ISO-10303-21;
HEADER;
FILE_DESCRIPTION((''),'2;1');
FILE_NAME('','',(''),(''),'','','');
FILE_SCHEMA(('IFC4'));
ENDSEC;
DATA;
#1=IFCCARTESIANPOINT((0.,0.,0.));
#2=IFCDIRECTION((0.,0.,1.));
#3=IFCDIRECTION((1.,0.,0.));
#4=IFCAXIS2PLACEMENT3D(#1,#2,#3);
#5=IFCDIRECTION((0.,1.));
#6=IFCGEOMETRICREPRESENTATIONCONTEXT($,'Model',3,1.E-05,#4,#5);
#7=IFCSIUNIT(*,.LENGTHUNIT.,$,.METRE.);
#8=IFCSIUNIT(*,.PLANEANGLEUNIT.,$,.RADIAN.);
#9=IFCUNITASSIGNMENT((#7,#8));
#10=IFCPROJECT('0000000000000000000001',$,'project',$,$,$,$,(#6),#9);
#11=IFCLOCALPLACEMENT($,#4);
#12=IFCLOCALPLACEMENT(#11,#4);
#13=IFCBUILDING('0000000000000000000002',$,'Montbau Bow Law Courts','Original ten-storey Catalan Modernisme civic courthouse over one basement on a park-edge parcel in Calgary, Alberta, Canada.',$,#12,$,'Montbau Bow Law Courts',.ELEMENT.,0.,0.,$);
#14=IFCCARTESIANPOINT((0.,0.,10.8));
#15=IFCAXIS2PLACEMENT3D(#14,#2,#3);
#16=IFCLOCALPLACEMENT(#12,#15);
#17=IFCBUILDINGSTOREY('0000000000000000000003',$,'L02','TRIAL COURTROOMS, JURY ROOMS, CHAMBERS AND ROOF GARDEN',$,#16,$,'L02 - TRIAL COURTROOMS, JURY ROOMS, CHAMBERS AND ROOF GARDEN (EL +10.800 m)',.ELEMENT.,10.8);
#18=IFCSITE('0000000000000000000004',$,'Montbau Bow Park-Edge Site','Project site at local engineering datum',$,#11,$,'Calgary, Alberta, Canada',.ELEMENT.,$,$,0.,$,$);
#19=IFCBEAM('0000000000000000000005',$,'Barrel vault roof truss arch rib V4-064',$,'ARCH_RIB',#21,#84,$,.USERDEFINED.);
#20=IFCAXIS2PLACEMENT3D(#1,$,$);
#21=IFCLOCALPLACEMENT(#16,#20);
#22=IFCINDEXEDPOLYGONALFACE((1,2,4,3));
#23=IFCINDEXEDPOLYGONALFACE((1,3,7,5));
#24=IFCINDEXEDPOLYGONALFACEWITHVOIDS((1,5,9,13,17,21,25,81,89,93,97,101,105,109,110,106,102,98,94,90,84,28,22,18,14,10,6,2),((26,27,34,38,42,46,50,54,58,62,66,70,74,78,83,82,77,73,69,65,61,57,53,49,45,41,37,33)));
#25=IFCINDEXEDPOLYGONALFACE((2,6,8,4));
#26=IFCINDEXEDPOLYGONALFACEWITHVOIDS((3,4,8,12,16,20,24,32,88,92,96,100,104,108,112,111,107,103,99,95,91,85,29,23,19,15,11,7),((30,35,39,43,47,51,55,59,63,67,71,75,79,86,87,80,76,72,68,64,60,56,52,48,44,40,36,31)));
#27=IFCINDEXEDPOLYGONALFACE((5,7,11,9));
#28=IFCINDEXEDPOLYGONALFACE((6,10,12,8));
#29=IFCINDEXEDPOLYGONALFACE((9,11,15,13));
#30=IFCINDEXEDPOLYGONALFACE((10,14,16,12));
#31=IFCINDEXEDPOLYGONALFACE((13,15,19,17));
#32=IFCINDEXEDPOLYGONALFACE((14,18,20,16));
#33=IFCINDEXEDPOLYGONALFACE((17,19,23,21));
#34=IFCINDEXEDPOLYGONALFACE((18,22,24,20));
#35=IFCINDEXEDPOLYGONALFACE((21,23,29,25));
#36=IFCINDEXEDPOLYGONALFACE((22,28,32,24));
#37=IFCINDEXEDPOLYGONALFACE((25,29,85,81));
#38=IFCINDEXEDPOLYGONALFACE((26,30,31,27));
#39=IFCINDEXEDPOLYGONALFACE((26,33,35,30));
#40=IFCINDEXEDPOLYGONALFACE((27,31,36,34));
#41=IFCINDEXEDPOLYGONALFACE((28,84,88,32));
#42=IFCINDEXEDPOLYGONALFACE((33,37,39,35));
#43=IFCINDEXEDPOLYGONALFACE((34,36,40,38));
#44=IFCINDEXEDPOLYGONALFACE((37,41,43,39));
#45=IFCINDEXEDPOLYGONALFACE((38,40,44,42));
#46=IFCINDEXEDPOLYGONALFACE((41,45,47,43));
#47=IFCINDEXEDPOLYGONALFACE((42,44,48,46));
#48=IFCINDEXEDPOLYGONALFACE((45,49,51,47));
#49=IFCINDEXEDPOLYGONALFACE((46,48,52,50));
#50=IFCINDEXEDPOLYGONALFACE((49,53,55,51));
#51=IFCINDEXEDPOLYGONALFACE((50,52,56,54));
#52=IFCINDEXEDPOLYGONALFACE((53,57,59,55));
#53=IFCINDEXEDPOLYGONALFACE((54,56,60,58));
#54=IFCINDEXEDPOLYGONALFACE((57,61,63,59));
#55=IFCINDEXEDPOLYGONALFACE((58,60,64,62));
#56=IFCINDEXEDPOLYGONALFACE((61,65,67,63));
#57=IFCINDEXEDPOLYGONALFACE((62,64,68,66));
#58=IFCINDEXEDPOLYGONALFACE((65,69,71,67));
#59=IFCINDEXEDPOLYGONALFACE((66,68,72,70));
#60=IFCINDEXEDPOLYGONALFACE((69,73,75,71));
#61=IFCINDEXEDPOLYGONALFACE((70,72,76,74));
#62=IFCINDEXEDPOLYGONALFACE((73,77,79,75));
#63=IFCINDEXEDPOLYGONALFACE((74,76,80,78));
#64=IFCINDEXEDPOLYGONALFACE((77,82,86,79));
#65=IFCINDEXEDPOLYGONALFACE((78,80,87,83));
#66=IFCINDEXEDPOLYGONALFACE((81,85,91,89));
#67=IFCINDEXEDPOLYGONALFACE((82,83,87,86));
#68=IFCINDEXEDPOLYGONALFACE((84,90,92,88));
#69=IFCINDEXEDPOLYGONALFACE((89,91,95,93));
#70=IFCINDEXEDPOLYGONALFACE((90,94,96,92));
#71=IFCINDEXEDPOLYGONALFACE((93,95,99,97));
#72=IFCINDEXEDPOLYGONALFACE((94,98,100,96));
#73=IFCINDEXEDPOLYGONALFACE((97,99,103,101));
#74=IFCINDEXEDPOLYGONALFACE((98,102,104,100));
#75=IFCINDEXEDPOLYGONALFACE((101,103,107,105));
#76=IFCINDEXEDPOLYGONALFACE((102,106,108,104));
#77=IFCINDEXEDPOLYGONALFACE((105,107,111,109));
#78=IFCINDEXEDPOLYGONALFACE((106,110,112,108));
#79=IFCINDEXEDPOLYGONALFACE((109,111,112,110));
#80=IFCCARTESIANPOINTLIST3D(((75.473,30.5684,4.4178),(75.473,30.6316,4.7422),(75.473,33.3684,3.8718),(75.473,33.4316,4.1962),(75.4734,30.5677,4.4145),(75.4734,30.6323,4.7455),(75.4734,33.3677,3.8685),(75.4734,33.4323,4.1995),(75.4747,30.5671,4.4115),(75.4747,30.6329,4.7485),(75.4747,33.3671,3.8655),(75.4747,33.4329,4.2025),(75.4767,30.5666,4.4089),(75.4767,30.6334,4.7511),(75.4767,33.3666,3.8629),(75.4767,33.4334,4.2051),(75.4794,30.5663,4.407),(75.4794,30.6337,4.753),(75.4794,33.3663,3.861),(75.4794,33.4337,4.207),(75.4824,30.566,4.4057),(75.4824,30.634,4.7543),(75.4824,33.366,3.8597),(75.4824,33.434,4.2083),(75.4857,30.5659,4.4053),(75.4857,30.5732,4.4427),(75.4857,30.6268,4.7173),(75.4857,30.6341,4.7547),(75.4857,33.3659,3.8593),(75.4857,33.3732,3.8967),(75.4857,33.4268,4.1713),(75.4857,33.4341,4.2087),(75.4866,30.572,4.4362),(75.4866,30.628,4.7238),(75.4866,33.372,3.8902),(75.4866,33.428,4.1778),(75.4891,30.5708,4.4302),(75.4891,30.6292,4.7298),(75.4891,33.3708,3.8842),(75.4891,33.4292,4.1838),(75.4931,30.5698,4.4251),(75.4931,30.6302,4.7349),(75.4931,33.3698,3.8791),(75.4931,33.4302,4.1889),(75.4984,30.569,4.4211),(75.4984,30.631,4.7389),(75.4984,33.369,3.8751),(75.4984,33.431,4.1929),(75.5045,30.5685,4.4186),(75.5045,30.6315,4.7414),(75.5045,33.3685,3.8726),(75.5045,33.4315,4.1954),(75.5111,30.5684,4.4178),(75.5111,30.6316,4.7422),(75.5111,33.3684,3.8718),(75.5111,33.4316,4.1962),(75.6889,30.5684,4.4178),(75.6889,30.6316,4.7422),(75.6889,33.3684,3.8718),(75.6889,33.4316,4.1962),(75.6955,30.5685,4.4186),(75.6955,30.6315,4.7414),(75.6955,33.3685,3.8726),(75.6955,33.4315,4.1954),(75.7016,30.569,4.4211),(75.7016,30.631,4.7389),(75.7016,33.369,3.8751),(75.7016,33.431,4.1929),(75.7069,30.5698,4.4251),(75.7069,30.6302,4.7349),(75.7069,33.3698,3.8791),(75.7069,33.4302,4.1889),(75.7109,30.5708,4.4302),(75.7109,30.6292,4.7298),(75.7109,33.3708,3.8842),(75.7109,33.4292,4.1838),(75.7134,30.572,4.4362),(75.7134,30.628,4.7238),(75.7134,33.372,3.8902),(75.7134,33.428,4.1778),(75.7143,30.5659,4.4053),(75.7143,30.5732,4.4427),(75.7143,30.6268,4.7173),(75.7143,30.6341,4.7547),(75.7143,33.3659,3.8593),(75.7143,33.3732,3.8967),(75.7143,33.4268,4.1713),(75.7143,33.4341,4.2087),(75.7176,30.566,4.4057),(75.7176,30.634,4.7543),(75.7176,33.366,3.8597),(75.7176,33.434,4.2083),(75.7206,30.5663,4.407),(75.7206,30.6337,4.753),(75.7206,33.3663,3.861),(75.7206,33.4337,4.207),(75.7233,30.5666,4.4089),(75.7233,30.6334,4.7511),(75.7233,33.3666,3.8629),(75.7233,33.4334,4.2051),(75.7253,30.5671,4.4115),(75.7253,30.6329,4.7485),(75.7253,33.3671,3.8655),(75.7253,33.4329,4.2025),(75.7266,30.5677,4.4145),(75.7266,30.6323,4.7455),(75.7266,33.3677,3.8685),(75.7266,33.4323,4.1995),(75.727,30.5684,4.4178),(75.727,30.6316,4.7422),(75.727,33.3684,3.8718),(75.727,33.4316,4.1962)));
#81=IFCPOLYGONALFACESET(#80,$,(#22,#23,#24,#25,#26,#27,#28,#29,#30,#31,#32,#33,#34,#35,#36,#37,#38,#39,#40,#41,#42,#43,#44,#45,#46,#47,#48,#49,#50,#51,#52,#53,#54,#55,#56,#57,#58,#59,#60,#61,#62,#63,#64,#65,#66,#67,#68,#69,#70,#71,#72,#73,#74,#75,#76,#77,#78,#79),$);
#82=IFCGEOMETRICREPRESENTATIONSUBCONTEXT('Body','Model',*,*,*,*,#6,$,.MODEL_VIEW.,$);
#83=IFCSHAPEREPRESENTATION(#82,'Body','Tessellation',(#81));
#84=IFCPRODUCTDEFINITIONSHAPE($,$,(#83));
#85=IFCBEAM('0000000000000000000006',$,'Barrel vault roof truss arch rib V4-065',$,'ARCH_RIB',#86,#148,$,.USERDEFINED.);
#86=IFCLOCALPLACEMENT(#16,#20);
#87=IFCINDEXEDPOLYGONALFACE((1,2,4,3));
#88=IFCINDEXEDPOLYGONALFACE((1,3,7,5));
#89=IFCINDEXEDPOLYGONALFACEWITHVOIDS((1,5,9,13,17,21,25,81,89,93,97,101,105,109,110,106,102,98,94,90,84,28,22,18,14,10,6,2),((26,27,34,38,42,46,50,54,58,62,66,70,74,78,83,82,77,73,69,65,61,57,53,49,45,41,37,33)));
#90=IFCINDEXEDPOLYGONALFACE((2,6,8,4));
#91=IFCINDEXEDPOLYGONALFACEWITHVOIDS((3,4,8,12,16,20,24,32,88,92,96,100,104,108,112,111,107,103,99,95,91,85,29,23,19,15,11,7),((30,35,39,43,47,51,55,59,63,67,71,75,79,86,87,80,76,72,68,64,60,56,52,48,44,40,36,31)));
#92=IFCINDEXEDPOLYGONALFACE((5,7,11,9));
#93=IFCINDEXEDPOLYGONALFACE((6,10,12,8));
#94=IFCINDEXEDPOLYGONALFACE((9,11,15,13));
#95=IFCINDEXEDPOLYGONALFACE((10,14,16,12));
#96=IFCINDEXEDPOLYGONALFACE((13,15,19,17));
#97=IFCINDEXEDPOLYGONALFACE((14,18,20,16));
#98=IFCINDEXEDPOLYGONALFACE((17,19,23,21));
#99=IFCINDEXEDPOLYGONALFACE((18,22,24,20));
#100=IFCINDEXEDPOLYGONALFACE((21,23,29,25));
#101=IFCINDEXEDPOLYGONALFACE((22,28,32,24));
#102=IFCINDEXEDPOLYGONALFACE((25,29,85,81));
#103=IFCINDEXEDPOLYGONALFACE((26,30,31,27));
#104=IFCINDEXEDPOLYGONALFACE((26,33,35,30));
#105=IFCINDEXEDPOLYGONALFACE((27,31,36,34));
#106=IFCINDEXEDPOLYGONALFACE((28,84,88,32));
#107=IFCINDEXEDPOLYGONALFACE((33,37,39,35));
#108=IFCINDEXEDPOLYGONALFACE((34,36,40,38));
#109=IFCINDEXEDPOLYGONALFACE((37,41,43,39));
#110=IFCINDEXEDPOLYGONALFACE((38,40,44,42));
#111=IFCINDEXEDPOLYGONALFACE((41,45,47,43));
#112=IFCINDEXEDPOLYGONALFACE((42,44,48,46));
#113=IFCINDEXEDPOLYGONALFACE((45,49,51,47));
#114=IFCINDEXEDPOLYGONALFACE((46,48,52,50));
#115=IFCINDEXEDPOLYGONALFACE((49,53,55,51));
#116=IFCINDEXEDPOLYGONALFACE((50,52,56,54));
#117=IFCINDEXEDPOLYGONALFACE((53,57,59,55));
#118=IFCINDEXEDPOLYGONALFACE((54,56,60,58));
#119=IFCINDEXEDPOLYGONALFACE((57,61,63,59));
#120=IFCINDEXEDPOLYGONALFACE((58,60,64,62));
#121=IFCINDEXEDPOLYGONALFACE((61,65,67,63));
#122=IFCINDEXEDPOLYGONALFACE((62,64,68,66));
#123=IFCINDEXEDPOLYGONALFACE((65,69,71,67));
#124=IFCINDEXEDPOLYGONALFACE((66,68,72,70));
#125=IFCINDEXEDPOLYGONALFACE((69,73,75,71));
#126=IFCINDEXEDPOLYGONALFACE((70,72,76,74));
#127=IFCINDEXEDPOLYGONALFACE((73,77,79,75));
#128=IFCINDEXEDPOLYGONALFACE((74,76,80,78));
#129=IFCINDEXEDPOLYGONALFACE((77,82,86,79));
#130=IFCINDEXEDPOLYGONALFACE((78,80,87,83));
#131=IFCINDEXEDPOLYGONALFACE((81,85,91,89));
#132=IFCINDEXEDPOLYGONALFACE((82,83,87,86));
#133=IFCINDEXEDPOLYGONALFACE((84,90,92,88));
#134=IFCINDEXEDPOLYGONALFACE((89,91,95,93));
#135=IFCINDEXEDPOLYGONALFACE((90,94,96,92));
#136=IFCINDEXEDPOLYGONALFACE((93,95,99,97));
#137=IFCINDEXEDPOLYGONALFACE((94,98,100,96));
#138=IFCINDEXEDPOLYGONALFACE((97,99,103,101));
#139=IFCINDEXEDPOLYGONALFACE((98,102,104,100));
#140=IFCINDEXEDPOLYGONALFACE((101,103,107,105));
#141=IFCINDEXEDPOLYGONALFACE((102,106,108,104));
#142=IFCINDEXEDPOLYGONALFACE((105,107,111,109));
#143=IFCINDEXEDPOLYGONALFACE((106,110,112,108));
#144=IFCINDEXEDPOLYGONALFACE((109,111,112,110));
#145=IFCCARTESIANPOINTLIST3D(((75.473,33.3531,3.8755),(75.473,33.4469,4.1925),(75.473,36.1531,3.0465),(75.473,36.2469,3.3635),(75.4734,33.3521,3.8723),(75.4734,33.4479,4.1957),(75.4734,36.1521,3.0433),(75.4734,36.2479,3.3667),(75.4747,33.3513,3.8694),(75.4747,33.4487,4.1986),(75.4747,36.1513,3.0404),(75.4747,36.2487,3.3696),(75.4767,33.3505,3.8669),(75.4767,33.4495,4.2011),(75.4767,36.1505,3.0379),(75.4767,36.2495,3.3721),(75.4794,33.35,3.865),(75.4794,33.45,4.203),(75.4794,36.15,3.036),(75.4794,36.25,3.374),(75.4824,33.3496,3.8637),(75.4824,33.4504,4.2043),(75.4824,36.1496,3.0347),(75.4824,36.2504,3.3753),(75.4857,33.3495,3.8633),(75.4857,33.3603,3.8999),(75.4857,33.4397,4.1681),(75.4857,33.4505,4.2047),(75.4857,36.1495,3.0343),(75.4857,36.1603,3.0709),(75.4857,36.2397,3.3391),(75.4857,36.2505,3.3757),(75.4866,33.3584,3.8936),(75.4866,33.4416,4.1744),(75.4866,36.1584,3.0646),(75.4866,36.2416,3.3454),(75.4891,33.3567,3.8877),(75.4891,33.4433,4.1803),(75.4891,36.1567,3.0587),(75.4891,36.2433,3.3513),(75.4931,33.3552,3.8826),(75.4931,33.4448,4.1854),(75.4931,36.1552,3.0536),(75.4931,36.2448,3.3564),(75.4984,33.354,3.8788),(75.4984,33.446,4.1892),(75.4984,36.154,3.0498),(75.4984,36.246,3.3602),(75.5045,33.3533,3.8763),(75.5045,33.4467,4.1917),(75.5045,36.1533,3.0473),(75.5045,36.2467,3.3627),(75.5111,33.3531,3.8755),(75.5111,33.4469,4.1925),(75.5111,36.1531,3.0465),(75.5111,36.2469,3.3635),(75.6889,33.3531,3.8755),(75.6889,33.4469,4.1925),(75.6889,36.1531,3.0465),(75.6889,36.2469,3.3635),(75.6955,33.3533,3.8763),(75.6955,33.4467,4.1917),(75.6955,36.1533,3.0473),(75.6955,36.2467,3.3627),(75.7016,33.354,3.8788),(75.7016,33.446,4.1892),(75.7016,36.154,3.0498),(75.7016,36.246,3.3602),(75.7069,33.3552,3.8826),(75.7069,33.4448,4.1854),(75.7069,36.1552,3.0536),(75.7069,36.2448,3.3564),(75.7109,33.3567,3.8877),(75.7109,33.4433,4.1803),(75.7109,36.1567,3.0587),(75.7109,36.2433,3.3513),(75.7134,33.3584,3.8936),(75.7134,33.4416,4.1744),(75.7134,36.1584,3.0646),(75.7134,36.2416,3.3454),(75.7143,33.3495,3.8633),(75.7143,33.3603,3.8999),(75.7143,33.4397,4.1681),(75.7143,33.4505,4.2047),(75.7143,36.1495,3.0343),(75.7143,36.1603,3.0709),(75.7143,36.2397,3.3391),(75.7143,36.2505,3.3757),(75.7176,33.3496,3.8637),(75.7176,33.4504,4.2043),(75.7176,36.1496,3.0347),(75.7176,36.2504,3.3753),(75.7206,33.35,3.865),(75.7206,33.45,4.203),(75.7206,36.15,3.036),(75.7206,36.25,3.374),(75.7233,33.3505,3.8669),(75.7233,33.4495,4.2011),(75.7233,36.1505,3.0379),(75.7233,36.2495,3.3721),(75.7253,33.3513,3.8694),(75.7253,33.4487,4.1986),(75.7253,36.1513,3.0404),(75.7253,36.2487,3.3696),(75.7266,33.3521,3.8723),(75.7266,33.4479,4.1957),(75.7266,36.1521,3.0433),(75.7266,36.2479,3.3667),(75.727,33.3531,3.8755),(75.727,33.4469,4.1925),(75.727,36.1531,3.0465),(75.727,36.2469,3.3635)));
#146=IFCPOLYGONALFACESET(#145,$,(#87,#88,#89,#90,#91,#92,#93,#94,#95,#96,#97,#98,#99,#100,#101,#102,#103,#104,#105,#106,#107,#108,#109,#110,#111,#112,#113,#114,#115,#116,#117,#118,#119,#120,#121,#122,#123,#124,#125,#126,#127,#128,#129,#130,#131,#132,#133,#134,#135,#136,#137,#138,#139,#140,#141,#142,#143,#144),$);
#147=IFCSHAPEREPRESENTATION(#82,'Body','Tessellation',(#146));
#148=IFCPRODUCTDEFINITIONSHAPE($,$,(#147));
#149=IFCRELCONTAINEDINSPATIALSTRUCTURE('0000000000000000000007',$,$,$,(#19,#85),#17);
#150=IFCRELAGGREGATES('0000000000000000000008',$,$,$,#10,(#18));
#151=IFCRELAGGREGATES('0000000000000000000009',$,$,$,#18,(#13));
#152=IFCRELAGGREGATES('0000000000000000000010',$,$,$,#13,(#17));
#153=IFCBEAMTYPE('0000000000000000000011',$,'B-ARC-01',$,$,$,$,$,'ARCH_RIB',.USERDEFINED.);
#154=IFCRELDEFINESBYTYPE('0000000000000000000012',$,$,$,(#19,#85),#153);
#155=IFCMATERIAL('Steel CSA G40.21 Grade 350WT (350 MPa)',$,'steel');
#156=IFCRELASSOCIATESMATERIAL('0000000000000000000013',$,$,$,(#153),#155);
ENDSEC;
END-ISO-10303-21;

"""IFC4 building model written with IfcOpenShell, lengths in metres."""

from ifc_helpers import new_model, si_unit, direction, frame, origin_with_axes, origin_2d_with_axis, place, context, subcontext, project, spatial, hollow_rectangle, extrude, material, material_profile, profile_set, type_object, element, save


model = new_model("IFC4")

# Units and contexts
model_context = context("Model", 3, precision=1e-05, world=origin_with_axes(), true_north=direction((0.0, 1.0)))
body_context = subcontext(model_context, "Body", "Model", "MODEL_VIEW")
ifc_project = project(units=[si_unit("LENGTHUNIT", "METRE"), si_unit("PLANEANGLEUNIT", "RADIAN")], contexts=[model_context])

# Site, building, storey
site_placement = place(None, origin_with_axes())
site = spatial("IfcSite", under=ifc_project, at=site_placement, Name="Montbau Bow Park-Edge Site", Description="Project site at local engineering datum", LongName="Calgary, Alberta, Canada", CompositionType="ELEMENT", RefElevation=0.0)
building_placement = place(site_placement, origin_with_axes())
building = spatial("IfcBuilding", under=site, at=building_placement, Name="Montbau Bow Law Courts", Description="Original ten-storey Catalan Modernisme civic courthouse over one basement on a park-edge parcel in Calgary, Alberta, Canada.", LongName="Montbau Bow Law Courts", CompositionType="ELEMENT", ElevationOfRefHeight=0.0, ElevationOfTerrain=0.0)
storey_placement = place(building_placement, frame((0.0, 0.0, 10.8), z_axis=(0.0, 0.0, 1.0), x_axis=(1.0, 0.0, 0.0)))
storey = spatial("IfcBuildingStorey", under=building, at=storey_placement, Name="L02", Description="TRIAL COURTROOMS, JURY ROOMS, CHAMBERS AND ROOF GARDEN", LongName="L02 - TRIAL COURTROOMS, JURY ROOMS, CHAMBERS AND ROOF GARDEN (EL +10.800 m)", CompositionType="ELEMENT", Elevation=10.8)

# Beams
ifc_material_1 = material(Name="Steel CSA G40.21 Grade 350WT (350 MPa)", Category="steel")
ifc_material_profile_1 = material_profile(ifc_material_1, hollow_rectangle(XDim=0.254, YDim=0.356, WallThickness=0.0127, InnerFilletRadius=0.0254, OuterFilletRadius=0.0127, at=origin_2d_with_axis()), Name="HSS356X254X13", Category="Main", Priority=0)
ifc_profile_set_1 = profile_set([ifc_material_profile_1], Name="Steel CSA G40.21 Grade 350WT (350 MPa)")
beam_type = type_object("IfcBeamType", Name="B-ARC-01", ElementType="ARCH_RIB", PredefinedType="USERDEFINED", material=ifc_profile_set_1)
beam_1_placement = place(None, frame((75.6, 30.6, 15.38), z_axis=(0.0, 0.981513, -0.191395), x_axis=(-1.0, 0.0, 0.0)))
element("IfcBeam", 1, at=beam_1_placement, inside=storey, type_object=beam_type, Name="Barrel vault roof truss arch rib V4-064", ObjectType="ARCH_RIB", PredefinedType="USERDEFINED", context=body_context, shape_type="SweptSolid", body=[
    extrude(hollow_rectangle(XDim=0.254, YDim=0.356, WallThickness=0.0127, InnerFilletRadius=0.0254, OuterFilletRadius=0.0127, at=origin_2d_with_axis()), origin_with_axes(), (0.0, 0.0, 1.0), 2.8527),
])
beam_2_placement = place(None, frame((75.6, 33.4, 14.834), z_axis=(0.0, 0.958857, -0.28389), x_axis=(-1.0, 0.0, 0.0)))
element("IfcBeam", 2, at=beam_2_placement, inside=storey, type_object=beam_type, Name="Barrel vault roof truss arch rib V4-065", ObjectType="ARCH_RIB", PredefinedType="USERDEFINED", context=body_context, shape_type="SweptSolid", body=[
    extrude(hollow_rectangle(XDim=0.254, YDim=0.356, WallThickness=0.0127, InnerFilletRadius=0.0254, OuterFilletRadius=0.0127, at=origin_2d_with_axis()), origin_with_axes(), (0.0, 0.0, 1.0), 2.9201),
])

save(model, "model.ifc")
